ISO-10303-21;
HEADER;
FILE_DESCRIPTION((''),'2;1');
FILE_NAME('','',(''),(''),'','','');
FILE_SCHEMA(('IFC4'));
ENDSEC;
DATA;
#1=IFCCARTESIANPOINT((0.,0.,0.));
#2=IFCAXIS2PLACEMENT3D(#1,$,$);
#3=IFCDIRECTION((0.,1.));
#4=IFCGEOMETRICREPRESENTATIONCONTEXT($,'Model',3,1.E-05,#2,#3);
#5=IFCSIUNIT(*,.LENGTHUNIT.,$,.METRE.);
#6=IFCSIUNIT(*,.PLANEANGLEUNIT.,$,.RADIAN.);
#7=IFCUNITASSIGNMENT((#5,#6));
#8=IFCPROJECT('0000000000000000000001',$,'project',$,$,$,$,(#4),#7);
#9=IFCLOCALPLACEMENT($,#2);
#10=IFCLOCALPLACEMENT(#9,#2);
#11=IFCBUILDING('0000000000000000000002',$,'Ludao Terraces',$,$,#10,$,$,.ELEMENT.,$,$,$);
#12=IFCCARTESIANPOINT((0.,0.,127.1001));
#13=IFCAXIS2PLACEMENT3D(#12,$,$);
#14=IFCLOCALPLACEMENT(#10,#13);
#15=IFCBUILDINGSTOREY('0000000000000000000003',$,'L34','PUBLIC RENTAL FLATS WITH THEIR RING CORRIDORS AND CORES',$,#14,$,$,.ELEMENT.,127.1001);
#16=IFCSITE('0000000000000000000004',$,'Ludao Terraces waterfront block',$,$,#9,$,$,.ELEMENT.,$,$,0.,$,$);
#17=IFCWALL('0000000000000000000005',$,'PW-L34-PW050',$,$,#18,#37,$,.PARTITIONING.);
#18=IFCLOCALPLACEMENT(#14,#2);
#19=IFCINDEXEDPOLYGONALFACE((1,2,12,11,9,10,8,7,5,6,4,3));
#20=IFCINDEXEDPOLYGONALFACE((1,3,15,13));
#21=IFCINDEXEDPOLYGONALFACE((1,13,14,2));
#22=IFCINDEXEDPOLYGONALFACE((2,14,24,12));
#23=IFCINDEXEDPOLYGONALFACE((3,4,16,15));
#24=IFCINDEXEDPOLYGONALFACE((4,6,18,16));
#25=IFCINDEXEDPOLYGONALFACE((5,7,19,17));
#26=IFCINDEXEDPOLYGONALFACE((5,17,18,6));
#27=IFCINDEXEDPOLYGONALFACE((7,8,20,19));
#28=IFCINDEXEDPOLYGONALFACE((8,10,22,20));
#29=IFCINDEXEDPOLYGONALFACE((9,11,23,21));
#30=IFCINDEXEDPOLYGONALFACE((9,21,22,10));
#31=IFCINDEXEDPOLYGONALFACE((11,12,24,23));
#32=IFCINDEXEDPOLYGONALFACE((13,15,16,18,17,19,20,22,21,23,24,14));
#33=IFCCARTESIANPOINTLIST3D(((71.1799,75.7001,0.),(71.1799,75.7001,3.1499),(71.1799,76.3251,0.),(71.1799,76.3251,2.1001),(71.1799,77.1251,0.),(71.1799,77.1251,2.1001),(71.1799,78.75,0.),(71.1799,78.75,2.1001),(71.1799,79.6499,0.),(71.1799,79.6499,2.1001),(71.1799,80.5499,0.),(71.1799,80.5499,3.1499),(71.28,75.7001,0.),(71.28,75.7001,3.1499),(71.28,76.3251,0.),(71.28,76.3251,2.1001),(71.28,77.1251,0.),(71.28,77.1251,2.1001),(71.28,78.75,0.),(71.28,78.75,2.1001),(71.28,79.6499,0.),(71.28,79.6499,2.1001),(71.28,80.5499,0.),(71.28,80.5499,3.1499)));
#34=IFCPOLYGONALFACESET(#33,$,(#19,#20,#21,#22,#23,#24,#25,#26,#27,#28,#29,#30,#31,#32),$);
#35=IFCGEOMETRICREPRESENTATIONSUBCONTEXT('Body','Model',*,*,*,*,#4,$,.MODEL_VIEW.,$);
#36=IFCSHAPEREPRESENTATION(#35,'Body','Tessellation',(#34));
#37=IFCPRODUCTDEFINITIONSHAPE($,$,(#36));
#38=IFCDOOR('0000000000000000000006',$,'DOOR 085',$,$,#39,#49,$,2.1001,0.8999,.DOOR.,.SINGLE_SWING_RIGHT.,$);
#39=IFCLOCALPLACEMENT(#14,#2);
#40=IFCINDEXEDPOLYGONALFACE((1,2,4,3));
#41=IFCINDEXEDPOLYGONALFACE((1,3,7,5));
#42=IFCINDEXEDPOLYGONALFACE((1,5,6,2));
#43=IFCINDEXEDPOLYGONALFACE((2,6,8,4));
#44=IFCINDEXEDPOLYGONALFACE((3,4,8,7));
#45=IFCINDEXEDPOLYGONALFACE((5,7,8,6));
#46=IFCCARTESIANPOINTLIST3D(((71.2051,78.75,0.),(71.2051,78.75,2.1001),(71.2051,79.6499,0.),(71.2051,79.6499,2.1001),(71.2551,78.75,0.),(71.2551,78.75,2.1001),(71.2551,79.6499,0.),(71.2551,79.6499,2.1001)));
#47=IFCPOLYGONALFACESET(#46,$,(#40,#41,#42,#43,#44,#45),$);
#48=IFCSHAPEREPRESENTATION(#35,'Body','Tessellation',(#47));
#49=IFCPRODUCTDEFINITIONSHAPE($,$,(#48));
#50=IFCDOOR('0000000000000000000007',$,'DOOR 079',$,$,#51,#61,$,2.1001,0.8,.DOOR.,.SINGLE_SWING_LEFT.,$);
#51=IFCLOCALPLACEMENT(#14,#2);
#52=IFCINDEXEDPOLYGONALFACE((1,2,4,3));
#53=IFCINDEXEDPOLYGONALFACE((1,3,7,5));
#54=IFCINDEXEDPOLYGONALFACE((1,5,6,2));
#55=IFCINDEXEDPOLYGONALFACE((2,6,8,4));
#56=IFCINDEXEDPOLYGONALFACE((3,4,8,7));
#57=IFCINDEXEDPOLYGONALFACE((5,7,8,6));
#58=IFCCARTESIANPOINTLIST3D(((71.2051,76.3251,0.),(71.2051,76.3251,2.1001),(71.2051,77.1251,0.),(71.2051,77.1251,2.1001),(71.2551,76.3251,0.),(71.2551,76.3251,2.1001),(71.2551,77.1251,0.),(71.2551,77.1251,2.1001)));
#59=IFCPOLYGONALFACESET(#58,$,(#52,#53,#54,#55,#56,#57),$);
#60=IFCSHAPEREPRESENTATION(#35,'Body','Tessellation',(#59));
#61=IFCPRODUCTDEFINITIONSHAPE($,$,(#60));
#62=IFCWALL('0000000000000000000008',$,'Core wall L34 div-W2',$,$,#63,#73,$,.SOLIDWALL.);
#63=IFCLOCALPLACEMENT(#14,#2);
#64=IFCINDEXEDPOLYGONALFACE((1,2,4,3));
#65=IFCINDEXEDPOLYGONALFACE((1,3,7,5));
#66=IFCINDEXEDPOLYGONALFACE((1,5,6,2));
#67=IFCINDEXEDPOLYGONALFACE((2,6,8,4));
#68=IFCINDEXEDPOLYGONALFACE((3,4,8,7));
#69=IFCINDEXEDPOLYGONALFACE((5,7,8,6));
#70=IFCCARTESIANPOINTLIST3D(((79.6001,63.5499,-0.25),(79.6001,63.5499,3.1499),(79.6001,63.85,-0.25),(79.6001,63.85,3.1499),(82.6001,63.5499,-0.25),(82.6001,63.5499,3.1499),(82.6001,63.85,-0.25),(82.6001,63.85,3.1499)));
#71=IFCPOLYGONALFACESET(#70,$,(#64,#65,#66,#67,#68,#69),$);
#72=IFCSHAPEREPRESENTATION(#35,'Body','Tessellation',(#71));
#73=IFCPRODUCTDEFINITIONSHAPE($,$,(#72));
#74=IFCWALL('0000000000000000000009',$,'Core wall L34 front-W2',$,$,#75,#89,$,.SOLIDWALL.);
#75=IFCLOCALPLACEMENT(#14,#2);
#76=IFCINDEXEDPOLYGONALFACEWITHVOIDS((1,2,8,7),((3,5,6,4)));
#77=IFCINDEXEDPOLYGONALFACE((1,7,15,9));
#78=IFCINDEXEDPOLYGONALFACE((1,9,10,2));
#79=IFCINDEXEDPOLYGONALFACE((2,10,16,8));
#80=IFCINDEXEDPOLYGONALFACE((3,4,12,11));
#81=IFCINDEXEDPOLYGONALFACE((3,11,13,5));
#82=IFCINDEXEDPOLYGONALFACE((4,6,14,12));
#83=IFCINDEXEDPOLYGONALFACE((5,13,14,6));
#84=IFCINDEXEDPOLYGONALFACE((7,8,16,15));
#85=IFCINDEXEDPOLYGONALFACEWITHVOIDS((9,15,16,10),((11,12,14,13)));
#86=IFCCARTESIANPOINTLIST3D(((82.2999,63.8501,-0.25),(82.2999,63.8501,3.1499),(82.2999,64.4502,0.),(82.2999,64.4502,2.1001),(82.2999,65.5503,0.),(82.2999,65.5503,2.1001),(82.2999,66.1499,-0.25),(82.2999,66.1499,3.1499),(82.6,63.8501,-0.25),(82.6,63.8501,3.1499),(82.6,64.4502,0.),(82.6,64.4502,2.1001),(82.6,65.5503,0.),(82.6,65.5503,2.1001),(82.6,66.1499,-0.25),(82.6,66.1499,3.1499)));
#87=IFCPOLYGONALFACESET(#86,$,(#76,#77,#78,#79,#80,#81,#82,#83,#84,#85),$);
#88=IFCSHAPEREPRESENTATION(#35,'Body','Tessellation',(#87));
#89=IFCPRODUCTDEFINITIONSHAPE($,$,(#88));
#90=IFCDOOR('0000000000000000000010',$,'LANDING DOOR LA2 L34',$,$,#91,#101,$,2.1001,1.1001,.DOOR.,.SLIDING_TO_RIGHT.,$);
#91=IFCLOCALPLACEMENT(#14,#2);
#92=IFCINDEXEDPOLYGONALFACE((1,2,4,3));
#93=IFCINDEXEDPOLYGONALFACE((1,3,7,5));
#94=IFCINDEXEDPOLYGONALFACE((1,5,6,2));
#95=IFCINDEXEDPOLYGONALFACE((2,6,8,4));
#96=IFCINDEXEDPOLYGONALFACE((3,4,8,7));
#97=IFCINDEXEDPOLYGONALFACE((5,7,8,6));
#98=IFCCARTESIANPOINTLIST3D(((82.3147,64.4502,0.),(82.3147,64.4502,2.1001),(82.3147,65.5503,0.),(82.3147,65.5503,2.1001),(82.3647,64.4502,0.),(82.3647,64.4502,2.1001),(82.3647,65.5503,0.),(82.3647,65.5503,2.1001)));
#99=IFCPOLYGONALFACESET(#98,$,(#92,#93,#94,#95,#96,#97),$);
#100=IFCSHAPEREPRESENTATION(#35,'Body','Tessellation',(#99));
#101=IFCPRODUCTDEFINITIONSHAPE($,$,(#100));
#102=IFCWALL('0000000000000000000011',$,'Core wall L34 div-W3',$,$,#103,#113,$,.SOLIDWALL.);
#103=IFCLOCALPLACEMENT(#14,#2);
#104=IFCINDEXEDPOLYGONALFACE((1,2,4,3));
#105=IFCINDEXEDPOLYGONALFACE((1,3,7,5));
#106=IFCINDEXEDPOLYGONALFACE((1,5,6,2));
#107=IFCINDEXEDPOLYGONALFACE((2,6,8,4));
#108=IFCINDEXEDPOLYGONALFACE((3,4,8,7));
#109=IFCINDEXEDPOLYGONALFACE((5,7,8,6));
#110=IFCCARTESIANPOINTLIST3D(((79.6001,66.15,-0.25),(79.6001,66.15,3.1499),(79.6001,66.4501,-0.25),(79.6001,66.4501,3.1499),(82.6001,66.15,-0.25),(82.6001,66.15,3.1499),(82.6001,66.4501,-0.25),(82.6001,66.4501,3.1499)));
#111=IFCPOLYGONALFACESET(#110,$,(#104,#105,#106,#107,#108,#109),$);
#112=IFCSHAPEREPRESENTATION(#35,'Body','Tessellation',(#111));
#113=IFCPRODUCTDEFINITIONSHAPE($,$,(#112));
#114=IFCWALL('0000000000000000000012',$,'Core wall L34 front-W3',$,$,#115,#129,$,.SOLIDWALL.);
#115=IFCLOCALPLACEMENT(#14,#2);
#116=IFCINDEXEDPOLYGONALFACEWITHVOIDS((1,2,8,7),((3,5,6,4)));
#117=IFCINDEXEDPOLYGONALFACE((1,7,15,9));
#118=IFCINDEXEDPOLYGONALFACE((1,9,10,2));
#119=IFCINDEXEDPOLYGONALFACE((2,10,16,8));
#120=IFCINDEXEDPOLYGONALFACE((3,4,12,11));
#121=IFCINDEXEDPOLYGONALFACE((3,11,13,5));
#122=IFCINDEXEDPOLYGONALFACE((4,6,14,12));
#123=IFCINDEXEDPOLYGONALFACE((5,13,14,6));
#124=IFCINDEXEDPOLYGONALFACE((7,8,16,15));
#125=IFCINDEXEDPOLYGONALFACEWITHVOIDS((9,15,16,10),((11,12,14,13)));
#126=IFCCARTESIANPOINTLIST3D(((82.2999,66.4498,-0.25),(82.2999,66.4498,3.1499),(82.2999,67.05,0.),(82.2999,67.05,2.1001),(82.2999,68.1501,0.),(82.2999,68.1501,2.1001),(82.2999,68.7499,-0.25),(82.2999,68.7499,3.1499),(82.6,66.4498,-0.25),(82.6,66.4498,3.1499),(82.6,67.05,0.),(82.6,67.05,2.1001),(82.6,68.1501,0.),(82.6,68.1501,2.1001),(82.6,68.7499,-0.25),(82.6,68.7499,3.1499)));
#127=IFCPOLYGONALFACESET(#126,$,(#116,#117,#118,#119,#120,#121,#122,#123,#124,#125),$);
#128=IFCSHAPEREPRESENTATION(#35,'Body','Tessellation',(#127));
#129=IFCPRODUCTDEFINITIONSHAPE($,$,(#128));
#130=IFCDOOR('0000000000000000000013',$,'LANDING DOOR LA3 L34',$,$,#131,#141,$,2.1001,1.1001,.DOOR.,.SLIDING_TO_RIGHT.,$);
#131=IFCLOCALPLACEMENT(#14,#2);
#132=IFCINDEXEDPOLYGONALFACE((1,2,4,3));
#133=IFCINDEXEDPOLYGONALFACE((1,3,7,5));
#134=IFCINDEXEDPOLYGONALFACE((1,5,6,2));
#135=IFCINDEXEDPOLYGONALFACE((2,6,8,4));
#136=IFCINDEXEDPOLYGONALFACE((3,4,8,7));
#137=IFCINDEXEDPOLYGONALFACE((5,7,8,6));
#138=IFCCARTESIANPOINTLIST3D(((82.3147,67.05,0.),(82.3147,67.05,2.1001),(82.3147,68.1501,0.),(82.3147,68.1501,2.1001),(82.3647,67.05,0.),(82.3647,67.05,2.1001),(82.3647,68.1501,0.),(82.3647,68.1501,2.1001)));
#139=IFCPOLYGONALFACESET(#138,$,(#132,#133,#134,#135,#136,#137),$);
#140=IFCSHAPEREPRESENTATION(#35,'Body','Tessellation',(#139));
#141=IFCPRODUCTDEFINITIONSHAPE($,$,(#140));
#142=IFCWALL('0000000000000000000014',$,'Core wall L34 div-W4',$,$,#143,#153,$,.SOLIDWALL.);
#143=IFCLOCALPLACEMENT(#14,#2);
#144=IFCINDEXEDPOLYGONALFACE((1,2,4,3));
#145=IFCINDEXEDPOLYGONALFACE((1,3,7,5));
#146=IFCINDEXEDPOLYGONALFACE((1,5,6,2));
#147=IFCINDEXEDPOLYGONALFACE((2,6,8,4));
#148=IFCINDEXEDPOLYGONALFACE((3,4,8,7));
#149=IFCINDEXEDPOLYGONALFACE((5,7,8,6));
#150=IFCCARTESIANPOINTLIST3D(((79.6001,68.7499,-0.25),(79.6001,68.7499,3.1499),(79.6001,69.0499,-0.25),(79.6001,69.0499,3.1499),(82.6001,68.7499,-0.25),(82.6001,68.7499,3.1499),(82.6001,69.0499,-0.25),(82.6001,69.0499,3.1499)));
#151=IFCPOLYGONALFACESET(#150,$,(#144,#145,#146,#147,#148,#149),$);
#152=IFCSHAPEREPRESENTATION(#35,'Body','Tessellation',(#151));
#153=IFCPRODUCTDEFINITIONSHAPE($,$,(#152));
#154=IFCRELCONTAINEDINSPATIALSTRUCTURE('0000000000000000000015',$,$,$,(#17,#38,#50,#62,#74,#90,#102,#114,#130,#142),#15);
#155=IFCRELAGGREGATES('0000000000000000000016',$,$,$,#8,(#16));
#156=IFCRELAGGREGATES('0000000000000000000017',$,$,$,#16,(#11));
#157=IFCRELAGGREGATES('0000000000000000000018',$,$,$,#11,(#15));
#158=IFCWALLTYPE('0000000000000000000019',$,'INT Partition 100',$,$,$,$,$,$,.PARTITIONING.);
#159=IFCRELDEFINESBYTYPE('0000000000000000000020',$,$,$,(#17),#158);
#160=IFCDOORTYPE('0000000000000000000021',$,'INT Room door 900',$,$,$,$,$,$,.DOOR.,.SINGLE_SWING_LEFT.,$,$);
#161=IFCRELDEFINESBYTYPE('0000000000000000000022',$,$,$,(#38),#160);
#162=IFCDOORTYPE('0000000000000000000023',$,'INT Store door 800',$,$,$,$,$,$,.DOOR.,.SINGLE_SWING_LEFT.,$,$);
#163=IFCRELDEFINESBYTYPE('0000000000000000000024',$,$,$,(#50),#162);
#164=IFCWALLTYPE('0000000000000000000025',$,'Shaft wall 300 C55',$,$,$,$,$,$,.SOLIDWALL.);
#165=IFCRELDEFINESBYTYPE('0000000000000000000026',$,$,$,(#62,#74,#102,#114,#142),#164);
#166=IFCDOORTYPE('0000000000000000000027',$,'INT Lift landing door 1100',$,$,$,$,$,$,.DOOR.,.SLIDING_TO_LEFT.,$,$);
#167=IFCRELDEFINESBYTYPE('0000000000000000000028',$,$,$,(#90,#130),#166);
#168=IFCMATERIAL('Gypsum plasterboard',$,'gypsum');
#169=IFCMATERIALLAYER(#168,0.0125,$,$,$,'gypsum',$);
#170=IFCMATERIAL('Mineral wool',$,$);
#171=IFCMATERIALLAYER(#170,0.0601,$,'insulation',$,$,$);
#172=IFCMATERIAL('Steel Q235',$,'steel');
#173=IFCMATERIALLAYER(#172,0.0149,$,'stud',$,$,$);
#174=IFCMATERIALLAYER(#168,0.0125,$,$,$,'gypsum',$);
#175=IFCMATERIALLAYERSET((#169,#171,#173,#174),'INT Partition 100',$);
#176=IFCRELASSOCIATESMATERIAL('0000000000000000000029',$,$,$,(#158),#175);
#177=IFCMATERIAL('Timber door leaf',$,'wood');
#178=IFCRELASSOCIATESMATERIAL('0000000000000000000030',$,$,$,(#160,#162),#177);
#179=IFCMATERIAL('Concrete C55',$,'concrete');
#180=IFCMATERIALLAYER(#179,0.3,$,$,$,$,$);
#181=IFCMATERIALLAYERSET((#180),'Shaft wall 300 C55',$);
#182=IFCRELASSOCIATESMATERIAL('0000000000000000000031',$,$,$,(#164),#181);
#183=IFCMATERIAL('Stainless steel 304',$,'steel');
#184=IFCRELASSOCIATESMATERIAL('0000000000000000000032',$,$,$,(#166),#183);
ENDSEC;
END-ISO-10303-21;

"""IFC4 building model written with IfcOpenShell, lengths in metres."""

from ifc_helpers import new_model, si_unit, direction, frame, frame_2d, origin, place, context, subcontext, project, spatial, rectangle, extrude, material, layer, layer_set, type_object, element, fill, save


model = new_model("IFC4")

# Units and contexts
model_context = context("Model", 3, precision=1e-05, world=origin(), true_north=direction((0.0, 1.0)))
body_context = subcontext(model_context, "Body", "Model", "MODEL_VIEW")
ifc_project = project(units=[si_unit("LENGTHUNIT", "METRE"), si_unit("PLANEANGLEUNIT", "RADIAN")], contexts=[model_context])

# Site, building, storey
site_placement = place(None, origin())
site = spatial("IfcSite", under=ifc_project, at=site_placement, Name="Ludao Terraces waterfront block", CompositionType="ELEMENT", RefElevation=0.0)
building_placement = place(site_placement, origin())
building = spatial("IfcBuilding", under=site, at=building_placement, Name="Ludao Terraces", CompositionType="ELEMENT")
storey_placement = place(building_placement, frame((0.0, 0.0, 127.1001)))
storey = spatial("IfcBuildingStorey", under=building, at=storey_placement, Name="L34", Description="PUBLIC RENTAL FLATS WITH THEIR RING CORRIDORS AND CORES", CompositionType="ELEMENT", Elevation=127.1001)

# Shared definitions
ifc_material_1 = material(Name="Mineral wool")
ifc_material_2 = material(Name="Steel Q235", Category="steel")
ifc_material_3 = material(Name="Gypsum plasterboard", Category="gypsum")
ifc_layer_1 = layer(ifc_material_3, 0.0125, Category="gypsum")
ifc_layer_2 = layer(ifc_material_1, 0.0601, Name="insulation")
ifc_layer_3 = layer(ifc_material_2, 0.0149, Name="stud")
ifc_layer_4 = layer(ifc_material_3, 0.0125, Category="gypsum")
ifc_layer_set_1 = layer_set([ifc_layer_1, ifc_layer_2, ifc_layer_3, ifc_layer_4], Name="INT Partition 100")
wall_type_1 = type_object("IfcWallType", Name="INT Partition 100", PredefinedType="PARTITIONING", material=ifc_layer_set_1)

# Wall, openings, doors
ifc_material_4 = material(Name="Timber door leaf", Category="wood")
door_type_1 = type_object("IfcDoorType", Name="INT Room door 900", OperationType="SINGLE_SWING_LEFT", PredefinedType="DOOR", material=ifc_material_4)
door_type_2 = type_object("IfcDoorType", Name="INT Store door 800", OperationType="SINGLE_SWING_LEFT", PredefinedType="DOOR", material=ifc_material_4)
wall_1_placement = place(storey_placement, frame((71.23, 75.7002, 0.0), z_axis=(0.0, 0.0, 1.0), x_axis=(0.0, 1.0, 0.0)))
wall_1 = element("IfcWall", 1, at=wall_1_placement, inside=storey, type_object=wall_type_1, Name="PW-L34-PW050", PredefinedType="PARTITIONING", context=body_context, shape_type="SweptSolid", body=[
    extrude(rectangle(XDim=4.8499, YDim=0.1001, at=frame_2d((2.4248, 0.0))), origin(), (0.0, 0.0, 1.0), 3.1499),
])
opening_1_placement = place(wall_1_placement, frame((0.625, 0.0, 0.0)))
opening_1 = element("IfcOpeningElement", 2, at=opening_1_placement, cuts=wall_1, PredefinedType="OPENING", context=body_context, shape_type="SweptSolid", body=[
    extrude(rectangle(XDim=0.8, YDim=2.1001, at=frame_2d((0.3999, 1.05))), frame((0.0, 0.0601, 0.0), z_axis=(0.0, -1.0, 0.0), x_axis=(1.0, 0.0, 0.0)), (0.0, 0.0, 1.0), 0.1201),
])
opening_2_placement = place(wall_1_placement, frame((3.0498, 0.0, 0.0)))
opening_2 = element("IfcOpeningElement", 3, at=opening_2_placement, cuts=wall_1, PredefinedType="OPENING", context=body_context, shape_type="SweptSolid", body=[
    extrude(rectangle(XDim=0.8999, YDim=2.1001, at=frame_2d((0.45, 1.05))), frame((0.0, 0.0601, 0.0), z_axis=(0.0, -1.0, 0.0), x_axis=(1.0, 0.0, 0.0)), (0.0, 0.0, 1.0), 0.1201),
])
door_1_placement = place(opening_2_placement, origin())
door_1 = element("IfcDoor", 4, at=door_1_placement, inside=storey, type_object=door_type_1, Name="DOOR 085", OperationType="SINGLE_SWING_RIGHT", OverallHeight=2.1001, OverallWidth=0.8999, PredefinedType="DOOR", context=body_context, shape_type="SweptSolid", body=[
    extrude(rectangle(XDim=0.8999, YDim=2.1001, at=frame_2d((0.45, 1.05))), frame((0.0, 0.0249, 0.0), z_axis=(0.0, -1.0, 0.0), x_axis=(1.0, 0.0, 0.0)), (0.0, 0.0, 1.0), 0.05),
])
fill(opening_2, door_1)
door_2_placement = place(opening_1_placement, origin())
door_2 = element("IfcDoor", 5, at=door_2_placement, inside=storey, type_object=door_type_2, Name="DOOR 079", OperationType="SINGLE_SWING_LEFT", OverallHeight=2.1001, OverallWidth=0.8, PredefinedType="DOOR", context=body_context, shape_type="SweptSolid", body=[
    extrude(rectangle(XDim=0.8, YDim=2.1001, at=frame_2d((0.3999, 1.05))), frame((0.0, 0.0249, 0.0), z_axis=(0.0, -1.0, 0.0), x_axis=(1.0, 0.0, 0.0)), (0.0, 0.0, 1.0), 0.05),
])
fill(opening_1, door_2)

# Wall
ifc_material_5 = material(Name="Concrete C55", Category="concrete")
ifc_layer_5 = layer(ifc_material_5, 0.3)
ifc_layer_set_2 = layer_set([ifc_layer_5], Name="Shaft wall 300 C55")
wall_type_2 = type_object("IfcWallType", Name="Shaft wall 300 C55", PredefinedType="SOLIDWALL", material=ifc_layer_set_2)
wall_2_placement = place(storey_placement, frame((79.6001, 63.7, -0.25), z_axis=(0.0, 0.0, 1.0), x_axis=(1.0, 0.0, 0.0)))
element("IfcWall", 6, at=wall_2_placement, inside=storey, type_object=wall_type_2, Name="Core wall L34 div-W2", PredefinedType="SOLIDWALL", context=body_context, shape_type="SweptSolid", body=[
    extrude(rectangle(XDim=3.0, YDim=0.3, at=frame_2d((1.5, 0.0))), origin(), (0.0, 0.0, 1.0), 3.3999),
])

# Wall, opening, door
wall_3_placement = place(storey_placement, frame((82.45, 63.8501, -0.25), z_axis=(0.0, 0.0, 1.0), x_axis=(0.0, 1.0, 0.0)))
wall_3 = element("IfcWall", 7, at=wall_3_placement, inside=storey, type_object=wall_type_2, Name="Core wall L34 front-W2", PredefinedType="SOLIDWALL", context=body_context, shape_type="SweptSolid", body=[
    extrude(rectangle(XDim=2.2998, YDim=0.3, at=frame_2d((1.1499, 0.0))), origin(), (0.0, 0.0, 1.0), 3.3999),
])
opening_3_placement = place(wall_3_placement, frame((0.6001, 0.0, 0.25)))
opening_3 = element("IfcOpeningElement", 8, at=opening_3_placement, cuts=wall_3, PredefinedType="OPENING", context=body_context, shape_type="SweptSolid", body=[
    extrude(rectangle(XDim=1.1001, YDim=2.1001, at=frame_2d((0.55, 1.05))), frame((0.0, 0.1602, 0.0), z_axis=(0.0, -1.0, 0.0), x_axis=(1.0, 0.0, 0.0)), (0.0, 0.0, 1.0), 0.3201),
])
ifc_material_6 = material(Name="Stainless steel 304", Category="steel")
door_type_3 = type_object("IfcDoorType", Name="INT Lift landing door 1100", OperationType="SLIDING_TO_LEFT", PredefinedType="DOOR", material=ifc_material_6)
door_3_placement = place(opening_3_placement, origin())
door_3 = element("IfcDoor", 9, at=door_3_placement, inside=storey, type_object=door_type_3, Name="LANDING DOOR LA2 L34", OperationType="SLIDING_TO_RIGHT", OverallHeight=2.1001, OverallWidth=1.1001, PredefinedType="DOOR", context=body_context, shape_type="SweptSolid", body=[
    extrude(rectangle(XDim=1.1001, YDim=2.1001, at=frame_2d((0.55, 1.05))), frame((0.0, 0.1353, 0.0), z_axis=(0.0, -1.0, 0.0), x_axis=(1.0, 0.0, 0.0)), (0.0, 0.0, 1.0), 0.05),
])
fill(opening_3, door_3)

# Wall
wall_4_placement = place(storey_placement, frame((79.6001, 66.3, -0.25), z_axis=(0.0, 0.0, 1.0), x_axis=(1.0, 0.0, 0.0)))
element("IfcWall", 10, at=wall_4_placement, inside=storey, type_object=wall_type_2, Name="Core wall L34 div-W3", PredefinedType="SOLIDWALL", context=body_context, shape_type="SweptSolid", body=[
    extrude(rectangle(XDim=3.0, YDim=0.3, at=frame_2d((1.5, 0.0))), origin(), (0.0, 0.0, 1.0), 3.3999),
])

# Wall, opening, door
wall_5_placement = place(storey_placement, frame((82.45, 66.45, -0.25), z_axis=(0.0, 0.0, 1.0), x_axis=(0.0, 1.0, 0.0)))
wall_5 = element("IfcWall", 11, at=wall_5_placement, inside=storey, type_object=wall_type_2, Name="Core wall L34 front-W3", PredefinedType="SOLIDWALL", context=body_context, shape_type="SweptSolid", body=[
    extrude(rectangle(XDim=2.3, YDim=0.3, at=frame_2d((1.1499, 0.0))), origin(), (0.0, 0.0, 1.0), 3.3999),
])
opening_4_placement = place(wall_5_placement, frame((0.6001, 0.0, 0.25)))
opening_4 = element("IfcOpeningElement", 12, at=opening_4_placement, cuts=wall_5, PredefinedType="OPENING", context=body_context, shape_type="SweptSolid", body=[
    extrude(rectangle(XDim=1.1001, YDim=2.1001, at=frame_2d((0.55, 1.05))), frame((0.0, 0.1602, 0.0), z_axis=(0.0, -1.0, 0.0), x_axis=(1.0, 0.0, 0.0)), (0.0, 0.0, 1.0), 0.3201),
])
door_4_placement = place(opening_4_placement, origin())
door_4 = element("IfcDoor", 13, at=door_4_placement, inside=storey, type_object=door_type_3, Name="LANDING DOOR LA3 L34", OperationType="SLIDING_TO_RIGHT", OverallHeight=2.1001, OverallWidth=1.1001, PredefinedType="DOOR", context=body_context, shape_type="SweptSolid", body=[
    extrude(rectangle(XDim=1.1001, YDim=2.1001, at=frame_2d((0.55, 1.05))), frame((0.0, 0.1353, 0.0), z_axis=(0.0, -1.0, 0.0), x_axis=(1.0, 0.0, 0.0)), (0.0, 0.0, 1.0), 0.05),
])
fill(opening_4, door_4)

# Wall
wall_6_placement = place(storey_placement, frame((79.6001, 68.8999, -0.25), z_axis=(0.0, 0.0, 1.0), x_axis=(1.0, 0.0, 0.0)))
element("IfcWall", 14, at=wall_6_placement, inside=storey, type_object=wall_type_2, Name="Core wall L34 div-W4", PredefinedType="SOLIDWALL", context=body_context, shape_type="SweptSolid", body=[
    extrude(rectangle(XDim=3.0, YDim=0.3, at=frame_2d((1.5, 0.0))), origin(), (0.0, 0.0, 1.0), 3.3999),
])

save(model, "model.ifc")
